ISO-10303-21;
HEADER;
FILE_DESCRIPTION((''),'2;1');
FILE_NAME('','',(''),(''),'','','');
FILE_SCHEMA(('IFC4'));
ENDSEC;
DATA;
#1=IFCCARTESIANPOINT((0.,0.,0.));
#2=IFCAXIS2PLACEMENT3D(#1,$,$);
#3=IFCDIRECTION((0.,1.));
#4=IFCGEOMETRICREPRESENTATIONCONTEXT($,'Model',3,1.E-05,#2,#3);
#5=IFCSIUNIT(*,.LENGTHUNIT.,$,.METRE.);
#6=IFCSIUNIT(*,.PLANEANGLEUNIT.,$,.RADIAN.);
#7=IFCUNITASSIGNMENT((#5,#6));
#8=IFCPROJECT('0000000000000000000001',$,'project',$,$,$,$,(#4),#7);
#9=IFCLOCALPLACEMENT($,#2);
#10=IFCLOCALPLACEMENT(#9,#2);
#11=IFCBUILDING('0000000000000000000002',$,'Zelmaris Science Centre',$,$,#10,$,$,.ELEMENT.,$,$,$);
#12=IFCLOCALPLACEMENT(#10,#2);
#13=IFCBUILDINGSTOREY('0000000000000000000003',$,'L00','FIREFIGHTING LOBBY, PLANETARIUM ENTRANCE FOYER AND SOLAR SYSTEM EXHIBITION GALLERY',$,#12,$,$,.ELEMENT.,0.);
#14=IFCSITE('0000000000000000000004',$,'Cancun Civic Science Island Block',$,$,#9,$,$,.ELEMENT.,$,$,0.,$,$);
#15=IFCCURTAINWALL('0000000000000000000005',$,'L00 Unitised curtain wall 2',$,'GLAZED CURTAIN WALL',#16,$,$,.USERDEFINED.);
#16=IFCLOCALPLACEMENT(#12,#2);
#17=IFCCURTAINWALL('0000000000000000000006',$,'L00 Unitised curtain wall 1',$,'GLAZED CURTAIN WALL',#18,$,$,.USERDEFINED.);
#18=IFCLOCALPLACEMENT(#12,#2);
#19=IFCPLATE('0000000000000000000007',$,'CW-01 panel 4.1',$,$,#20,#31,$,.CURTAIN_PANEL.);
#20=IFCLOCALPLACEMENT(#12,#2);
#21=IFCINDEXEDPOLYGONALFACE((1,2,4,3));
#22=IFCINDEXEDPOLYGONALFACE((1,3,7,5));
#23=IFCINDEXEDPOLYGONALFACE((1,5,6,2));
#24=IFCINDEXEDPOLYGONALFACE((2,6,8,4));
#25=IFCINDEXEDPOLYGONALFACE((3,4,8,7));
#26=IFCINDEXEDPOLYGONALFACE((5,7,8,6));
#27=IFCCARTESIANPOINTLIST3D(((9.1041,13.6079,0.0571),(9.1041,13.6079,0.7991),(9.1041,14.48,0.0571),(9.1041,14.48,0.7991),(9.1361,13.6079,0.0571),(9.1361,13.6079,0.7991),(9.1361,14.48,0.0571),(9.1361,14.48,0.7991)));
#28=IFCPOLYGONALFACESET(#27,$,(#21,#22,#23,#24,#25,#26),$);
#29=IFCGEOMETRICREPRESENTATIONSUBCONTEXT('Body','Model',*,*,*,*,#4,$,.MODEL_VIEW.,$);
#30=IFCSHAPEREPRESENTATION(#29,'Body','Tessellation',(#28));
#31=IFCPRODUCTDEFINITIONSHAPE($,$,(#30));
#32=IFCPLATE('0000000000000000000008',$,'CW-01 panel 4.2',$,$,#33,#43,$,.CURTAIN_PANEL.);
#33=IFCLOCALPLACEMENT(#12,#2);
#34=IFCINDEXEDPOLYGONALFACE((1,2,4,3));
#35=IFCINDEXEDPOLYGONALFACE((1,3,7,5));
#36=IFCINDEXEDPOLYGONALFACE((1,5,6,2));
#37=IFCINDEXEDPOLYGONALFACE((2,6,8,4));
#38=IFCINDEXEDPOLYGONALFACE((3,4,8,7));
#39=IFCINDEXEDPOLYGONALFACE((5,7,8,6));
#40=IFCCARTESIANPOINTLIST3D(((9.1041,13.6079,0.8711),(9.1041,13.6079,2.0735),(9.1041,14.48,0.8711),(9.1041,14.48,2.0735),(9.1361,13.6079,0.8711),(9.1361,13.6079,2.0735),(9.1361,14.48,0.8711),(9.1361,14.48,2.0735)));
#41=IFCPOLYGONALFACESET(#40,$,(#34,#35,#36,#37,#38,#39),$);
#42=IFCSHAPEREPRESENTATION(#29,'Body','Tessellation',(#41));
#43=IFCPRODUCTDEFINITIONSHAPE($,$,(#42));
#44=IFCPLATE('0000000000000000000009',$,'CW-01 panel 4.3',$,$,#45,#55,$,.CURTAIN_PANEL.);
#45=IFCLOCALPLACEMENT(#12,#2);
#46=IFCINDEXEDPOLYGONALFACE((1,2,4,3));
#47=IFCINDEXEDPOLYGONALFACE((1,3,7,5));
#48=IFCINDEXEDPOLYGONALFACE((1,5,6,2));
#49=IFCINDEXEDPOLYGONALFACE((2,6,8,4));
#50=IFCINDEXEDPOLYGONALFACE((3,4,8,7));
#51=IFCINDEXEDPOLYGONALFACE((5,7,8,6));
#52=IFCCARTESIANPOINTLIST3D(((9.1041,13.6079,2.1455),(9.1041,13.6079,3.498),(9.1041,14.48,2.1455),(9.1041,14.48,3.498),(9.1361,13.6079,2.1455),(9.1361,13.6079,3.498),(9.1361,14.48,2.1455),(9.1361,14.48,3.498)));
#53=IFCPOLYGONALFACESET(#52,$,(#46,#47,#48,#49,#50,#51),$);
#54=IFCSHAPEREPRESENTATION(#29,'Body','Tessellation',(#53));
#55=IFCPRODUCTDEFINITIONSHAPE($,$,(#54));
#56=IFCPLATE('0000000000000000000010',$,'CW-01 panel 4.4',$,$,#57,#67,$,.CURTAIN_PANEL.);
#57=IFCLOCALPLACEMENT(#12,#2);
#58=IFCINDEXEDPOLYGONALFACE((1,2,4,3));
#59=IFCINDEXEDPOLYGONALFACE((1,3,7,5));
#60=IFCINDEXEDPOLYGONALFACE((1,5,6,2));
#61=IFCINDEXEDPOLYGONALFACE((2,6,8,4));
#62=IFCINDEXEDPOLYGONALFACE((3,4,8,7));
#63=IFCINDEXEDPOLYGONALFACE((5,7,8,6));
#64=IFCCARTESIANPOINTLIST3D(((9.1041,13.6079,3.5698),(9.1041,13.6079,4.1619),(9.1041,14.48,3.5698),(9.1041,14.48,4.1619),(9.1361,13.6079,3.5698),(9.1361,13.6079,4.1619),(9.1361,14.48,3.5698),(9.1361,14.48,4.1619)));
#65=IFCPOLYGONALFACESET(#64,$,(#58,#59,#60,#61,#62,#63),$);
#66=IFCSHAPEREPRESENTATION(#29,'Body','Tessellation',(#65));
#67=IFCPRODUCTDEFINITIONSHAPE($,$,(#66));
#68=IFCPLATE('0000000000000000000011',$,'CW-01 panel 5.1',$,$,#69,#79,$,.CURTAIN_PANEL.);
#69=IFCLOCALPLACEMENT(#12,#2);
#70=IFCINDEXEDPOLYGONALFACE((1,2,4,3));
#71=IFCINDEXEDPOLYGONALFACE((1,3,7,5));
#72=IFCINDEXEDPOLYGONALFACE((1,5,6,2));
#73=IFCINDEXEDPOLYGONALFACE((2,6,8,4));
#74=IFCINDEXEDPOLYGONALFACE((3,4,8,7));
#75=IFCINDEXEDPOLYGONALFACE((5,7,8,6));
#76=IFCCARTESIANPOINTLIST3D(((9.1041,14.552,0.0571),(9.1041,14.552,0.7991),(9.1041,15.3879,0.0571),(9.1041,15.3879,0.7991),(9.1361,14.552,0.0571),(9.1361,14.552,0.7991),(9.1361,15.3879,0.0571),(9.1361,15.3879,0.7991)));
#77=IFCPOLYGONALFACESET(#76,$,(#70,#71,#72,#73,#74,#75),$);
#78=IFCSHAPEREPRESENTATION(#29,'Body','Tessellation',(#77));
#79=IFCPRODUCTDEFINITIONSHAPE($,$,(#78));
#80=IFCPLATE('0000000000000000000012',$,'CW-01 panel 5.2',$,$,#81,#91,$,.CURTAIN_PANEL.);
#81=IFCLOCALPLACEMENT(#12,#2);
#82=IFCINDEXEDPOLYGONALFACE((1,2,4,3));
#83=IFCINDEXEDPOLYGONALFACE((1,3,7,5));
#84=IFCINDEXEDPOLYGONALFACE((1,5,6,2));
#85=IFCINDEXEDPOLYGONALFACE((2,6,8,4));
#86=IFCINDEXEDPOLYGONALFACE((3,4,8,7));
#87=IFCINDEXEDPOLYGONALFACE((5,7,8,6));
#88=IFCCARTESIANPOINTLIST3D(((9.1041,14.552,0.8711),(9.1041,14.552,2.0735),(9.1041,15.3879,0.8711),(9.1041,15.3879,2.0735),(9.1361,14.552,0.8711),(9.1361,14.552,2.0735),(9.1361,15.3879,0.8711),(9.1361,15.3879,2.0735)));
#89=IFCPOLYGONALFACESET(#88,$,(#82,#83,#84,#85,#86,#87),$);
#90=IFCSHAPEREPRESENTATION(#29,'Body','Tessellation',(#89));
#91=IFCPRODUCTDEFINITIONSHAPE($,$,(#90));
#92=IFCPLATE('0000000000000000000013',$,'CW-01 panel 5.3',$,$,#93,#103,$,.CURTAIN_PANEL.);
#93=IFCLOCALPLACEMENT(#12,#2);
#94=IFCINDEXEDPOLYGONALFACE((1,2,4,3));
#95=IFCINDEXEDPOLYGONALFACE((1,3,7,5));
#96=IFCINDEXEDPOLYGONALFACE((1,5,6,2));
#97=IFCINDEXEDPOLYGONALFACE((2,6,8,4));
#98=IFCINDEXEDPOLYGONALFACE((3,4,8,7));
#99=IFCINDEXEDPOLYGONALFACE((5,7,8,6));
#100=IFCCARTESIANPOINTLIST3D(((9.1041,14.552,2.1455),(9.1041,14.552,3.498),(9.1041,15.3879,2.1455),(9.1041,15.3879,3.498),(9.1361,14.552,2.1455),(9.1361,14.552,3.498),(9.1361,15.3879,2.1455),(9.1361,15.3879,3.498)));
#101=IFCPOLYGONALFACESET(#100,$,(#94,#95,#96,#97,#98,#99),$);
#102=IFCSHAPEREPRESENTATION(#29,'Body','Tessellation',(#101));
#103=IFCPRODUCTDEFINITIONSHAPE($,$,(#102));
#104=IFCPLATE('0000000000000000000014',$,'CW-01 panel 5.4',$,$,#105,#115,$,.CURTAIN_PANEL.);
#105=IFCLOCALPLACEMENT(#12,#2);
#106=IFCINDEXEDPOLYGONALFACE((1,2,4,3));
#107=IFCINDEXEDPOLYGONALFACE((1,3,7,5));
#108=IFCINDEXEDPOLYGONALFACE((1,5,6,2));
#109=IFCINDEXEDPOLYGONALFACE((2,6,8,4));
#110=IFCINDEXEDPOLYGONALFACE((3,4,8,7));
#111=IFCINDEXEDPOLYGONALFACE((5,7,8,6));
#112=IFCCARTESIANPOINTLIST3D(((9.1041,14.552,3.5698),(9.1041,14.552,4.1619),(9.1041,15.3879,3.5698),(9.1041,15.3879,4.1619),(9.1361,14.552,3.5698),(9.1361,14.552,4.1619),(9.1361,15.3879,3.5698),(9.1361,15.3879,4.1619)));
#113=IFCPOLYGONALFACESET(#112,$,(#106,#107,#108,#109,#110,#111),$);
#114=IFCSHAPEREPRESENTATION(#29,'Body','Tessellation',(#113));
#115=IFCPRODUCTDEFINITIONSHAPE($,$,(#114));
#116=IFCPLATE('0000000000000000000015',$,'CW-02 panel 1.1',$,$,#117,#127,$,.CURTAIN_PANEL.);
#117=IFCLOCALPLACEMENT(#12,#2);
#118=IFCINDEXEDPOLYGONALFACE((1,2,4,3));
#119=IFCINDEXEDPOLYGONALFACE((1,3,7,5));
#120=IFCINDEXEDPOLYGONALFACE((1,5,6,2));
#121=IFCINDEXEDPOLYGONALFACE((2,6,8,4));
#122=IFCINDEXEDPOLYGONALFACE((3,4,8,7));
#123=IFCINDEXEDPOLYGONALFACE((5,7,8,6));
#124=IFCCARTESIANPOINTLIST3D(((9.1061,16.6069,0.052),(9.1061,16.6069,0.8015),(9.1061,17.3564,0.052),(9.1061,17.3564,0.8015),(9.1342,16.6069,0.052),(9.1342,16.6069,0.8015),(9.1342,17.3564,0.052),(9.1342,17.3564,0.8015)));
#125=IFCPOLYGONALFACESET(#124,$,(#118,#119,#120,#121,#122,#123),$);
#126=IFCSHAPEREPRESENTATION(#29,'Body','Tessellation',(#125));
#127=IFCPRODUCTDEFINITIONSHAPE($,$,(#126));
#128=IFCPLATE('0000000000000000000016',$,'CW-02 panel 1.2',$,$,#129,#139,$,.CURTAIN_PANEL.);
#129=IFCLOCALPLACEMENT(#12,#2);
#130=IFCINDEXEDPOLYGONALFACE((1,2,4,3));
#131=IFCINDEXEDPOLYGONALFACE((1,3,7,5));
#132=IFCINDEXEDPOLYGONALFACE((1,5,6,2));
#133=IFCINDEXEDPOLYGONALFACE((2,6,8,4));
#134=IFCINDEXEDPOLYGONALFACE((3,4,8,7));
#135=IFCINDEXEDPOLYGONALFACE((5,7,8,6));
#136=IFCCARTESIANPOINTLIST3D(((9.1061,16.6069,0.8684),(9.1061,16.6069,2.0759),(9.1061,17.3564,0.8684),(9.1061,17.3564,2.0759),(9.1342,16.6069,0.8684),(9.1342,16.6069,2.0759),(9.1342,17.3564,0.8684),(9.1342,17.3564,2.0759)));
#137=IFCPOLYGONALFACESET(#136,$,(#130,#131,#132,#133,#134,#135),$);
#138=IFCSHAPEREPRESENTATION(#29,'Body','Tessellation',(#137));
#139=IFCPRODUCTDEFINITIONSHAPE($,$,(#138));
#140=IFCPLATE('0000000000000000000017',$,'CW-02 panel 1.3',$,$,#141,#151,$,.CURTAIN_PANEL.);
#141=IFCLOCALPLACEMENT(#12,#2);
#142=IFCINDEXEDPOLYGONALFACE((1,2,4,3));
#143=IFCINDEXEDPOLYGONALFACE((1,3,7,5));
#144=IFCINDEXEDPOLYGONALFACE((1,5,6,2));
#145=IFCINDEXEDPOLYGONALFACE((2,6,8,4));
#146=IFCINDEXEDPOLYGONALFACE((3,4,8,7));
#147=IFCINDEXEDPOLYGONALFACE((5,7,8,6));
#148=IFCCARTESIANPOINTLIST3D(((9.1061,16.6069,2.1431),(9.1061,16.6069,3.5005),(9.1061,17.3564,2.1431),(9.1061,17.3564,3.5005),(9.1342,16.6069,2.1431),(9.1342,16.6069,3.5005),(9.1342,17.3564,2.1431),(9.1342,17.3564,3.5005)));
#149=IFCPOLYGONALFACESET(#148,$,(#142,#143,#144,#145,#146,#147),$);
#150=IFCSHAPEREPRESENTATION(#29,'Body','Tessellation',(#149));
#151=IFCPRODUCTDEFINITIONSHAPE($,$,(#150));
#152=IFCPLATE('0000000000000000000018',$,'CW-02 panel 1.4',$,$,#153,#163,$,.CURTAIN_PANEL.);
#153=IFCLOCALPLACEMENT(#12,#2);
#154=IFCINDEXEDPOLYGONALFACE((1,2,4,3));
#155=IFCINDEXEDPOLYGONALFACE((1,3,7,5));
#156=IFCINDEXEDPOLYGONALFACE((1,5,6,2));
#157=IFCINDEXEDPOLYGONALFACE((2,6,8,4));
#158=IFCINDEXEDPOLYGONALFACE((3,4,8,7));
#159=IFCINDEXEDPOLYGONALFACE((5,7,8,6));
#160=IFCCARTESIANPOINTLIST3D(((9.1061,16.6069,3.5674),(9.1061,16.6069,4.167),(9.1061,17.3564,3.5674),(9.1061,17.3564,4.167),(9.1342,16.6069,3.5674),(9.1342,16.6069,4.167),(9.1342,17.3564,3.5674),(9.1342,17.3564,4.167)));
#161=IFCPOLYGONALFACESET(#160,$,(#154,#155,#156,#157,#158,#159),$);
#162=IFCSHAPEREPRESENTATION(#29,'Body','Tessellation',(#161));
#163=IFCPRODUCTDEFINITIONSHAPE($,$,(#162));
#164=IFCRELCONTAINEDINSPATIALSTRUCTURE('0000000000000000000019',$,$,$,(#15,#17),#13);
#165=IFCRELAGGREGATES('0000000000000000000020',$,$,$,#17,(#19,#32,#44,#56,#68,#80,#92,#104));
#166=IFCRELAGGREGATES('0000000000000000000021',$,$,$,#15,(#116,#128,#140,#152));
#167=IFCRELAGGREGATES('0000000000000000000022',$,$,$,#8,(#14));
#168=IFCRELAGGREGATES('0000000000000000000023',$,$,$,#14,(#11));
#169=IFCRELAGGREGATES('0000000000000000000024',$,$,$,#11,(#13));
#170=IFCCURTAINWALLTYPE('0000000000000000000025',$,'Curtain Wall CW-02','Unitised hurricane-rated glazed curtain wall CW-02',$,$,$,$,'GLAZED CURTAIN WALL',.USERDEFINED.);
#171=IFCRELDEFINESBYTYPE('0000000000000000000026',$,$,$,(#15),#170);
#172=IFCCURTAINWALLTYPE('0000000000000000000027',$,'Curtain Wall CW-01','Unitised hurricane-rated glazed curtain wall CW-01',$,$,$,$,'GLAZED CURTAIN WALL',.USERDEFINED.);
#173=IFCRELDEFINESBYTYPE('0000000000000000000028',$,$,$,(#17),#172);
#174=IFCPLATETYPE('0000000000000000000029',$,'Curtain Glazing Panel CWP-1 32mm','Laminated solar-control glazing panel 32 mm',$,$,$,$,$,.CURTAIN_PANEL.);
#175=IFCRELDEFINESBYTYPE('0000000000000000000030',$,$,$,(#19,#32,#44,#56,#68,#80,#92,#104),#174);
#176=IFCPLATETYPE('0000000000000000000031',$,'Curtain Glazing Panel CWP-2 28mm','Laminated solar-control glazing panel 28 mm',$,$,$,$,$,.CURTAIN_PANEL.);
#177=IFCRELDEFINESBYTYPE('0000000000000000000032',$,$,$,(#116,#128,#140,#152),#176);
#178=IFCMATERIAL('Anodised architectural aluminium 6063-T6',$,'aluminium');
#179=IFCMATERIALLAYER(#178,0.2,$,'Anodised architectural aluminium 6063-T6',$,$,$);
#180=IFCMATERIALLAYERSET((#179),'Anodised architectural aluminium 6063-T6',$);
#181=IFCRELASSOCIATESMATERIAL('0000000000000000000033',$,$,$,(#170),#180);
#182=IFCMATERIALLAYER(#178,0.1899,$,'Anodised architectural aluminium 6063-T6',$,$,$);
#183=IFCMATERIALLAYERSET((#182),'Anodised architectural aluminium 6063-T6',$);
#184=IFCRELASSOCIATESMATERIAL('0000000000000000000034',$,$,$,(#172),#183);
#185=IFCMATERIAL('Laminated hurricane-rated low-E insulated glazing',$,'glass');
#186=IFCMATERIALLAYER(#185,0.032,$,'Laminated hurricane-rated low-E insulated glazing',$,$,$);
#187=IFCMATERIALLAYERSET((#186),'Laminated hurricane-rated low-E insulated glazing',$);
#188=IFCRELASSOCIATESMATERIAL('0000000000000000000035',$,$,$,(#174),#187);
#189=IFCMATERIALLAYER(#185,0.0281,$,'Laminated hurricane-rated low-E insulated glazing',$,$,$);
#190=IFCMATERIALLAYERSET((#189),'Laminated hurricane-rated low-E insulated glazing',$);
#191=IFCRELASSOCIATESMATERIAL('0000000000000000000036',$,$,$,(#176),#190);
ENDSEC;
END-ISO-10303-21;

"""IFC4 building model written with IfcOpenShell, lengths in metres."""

from ifc_helpers import new_model, si_unit, direction, frame, origin, origin_2d, place, context, subcontext, project, spatial, rectangle, extrude, material, layer, layer_set, type_object, element, aggregate, save


model = new_model("IFC4")

# Units and contexts
model_context = context("Model", 3, precision=1e-05, world=origin(), true_north=direction((0.0, 1.0)))
body_context = subcontext(model_context, "Body", "Model", "MODEL_VIEW")
ifc_project = project(units=[si_unit("LENGTHUNIT", "METRE"), si_unit("PLANEANGLEUNIT", "RADIAN")], contexts=[model_context])

# Site, building, storey
site_placement = place(None, origin())
site = spatial("IfcSite", under=ifc_project, at=site_placement, Name="Cancun Civic Science Island Block", CompositionType="ELEMENT", RefElevation=0.0)
building_placement = place(site_placement, origin())
building = spatial("IfcBuilding", under=site, at=building_placement, Name="Zelmaris Science Centre", CompositionType="ELEMENT")
storey_placement = place(building_placement, origin())
storey = spatial("IfcBuildingStorey", under=building, at=storey_placement, Name="L00", Description="FIREFIGHTING LOBBY, PLANETARIUM ENTRANCE FOYER AND SOLAR SYSTEM EXHIBITION GALLERY", CompositionType="ELEMENT", Elevation=0.0)

# Curtain walls
ifc_material_1 = material(Name="Anodised architectural aluminium 6063-T6", Category="aluminium")
ifc_layer_1 = layer(ifc_material_1, 0.2, Name="Anodised architectural aluminium 6063-T6")
ifc_layer_set_1 = layer_set([ifc_layer_1], Name="Anodised architectural aluminium 6063-T6")
curtain_wall_type_1 = type_object("IfcCurtainWallType", Name="Curtain Wall CW-02", Description="Unitised hurricane-rated glazed curtain wall CW-02", ElementType="GLAZED CURTAIN WALL", PredefinedType="USERDEFINED", material=ifc_layer_set_1)
curtain_wall_1_placement = place(storey_placement, origin())
curtain_wall_1 = element("IfcCurtainWall", 1, at=curtain_wall_1_placement, inside=storey, type_object=curtain_wall_type_1, Name="L00 Unitised curtain wall 2", ObjectType="GLAZED CURTAIN WALL", PredefinedType="USERDEFINED")
ifc_layer_2 = layer(ifc_material_1, 0.1899, Name="Anodised architectural aluminium 6063-T6")
ifc_layer_set_2 = layer_set([ifc_layer_2], Name="Anodised architectural aluminium 6063-T6")
curtain_wall_type_2 = type_object("IfcCurtainWallType", Name="Curtain Wall CW-01", Description="Unitised hurricane-rated glazed curtain wall CW-01", ElementType="GLAZED CURTAIN WALL", PredefinedType="USERDEFINED", material=ifc_layer_set_2)
curtain_wall_2_placement = place(storey_placement, origin())
curtain_wall_2 = element("IfcCurtainWall", 2, at=curtain_wall_2_placement, inside=storey, type_object=curtain_wall_type_2, Name="L00 Unitised curtain wall 1", ObjectType="GLAZED CURTAIN WALL", PredefinedType="USERDEFINED")

# Plates
ifc_material_2 = material(Name="Laminated hurricane-rated low-E insulated glazing", Category="glass")
ifc_layer_3 = layer(ifc_material_2, 0.032, Name="Laminated hurricane-rated low-E insulated glazing")
ifc_layer_set_3 = layer_set([ifc_layer_3], Name="Laminated hurricane-rated low-E insulated glazing")
plate_type_1 = type_object("IfcPlateType", Name="Curtain Glazing Panel CWP-1 32mm", Description="Laminated solar-control glazing panel 32 mm", PredefinedType="CURTAIN_PANEL", material=ifc_layer_set_3)
plate_1_placement = place(storey_placement, frame((9.1201, 14.0439, 0.0571), z_axis=(0.0, 0.0, 1.0), x_axis=(0.0, 1.0, 0.0)))
plate_1 = element("IfcPlate", 3, at=plate_1_placement, type_object=plate_type_1, Name="CW-01 panel 4.1", PredefinedType="CURTAIN_PANEL", context=body_context, shape_type="SweptSolid", body=[
    extrude(rectangle(XDim=0.8721, YDim=0.032, at=origin_2d()), origin(), (0.0, 0.0, 1.0), 0.7419),
])
plate_2_placement = place(storey_placement, frame((9.1201, 14.0439, 0.8711), z_axis=(0.0, 0.0, 1.0), x_axis=(0.0, 1.0, 0.0)))
plate_2 = element("IfcPlate", 4, at=plate_2_placement, type_object=plate_type_1, Name="CW-01 panel 4.2", PredefinedType="CURTAIN_PANEL", context=body_context, shape_type="SweptSolid", body=[
    extrude(rectangle(XDim=0.8721, YDim=0.032, at=origin_2d()), origin(), (0.0, 0.0, 1.0), 1.2024),
])
plate_3_placement = place(storey_placement, frame((9.1201, 14.0439, 2.1455), z_axis=(0.0, 0.0, 1.0), x_axis=(0.0, 1.0, 0.0)))
plate_3 = element("IfcPlate", 5, at=plate_3_placement, type_object=plate_type_1, Name="CW-01 panel 4.3", PredefinedType="CURTAIN_PANEL", context=body_context, shape_type="SweptSolid", body=[
    extrude(rectangle(XDim=0.8721, YDim=0.032, at=origin_2d()), origin(), (0.0, 0.0, 1.0), 1.3525),
])
plate_4_placement = place(storey_placement, frame((9.1201, 14.0439, 3.5698), z_axis=(0.0, 0.0, 1.0), x_axis=(0.0, 1.0, 0.0)))
plate_4 = element("IfcPlate", 6, at=plate_4_placement, type_object=plate_type_1, Name="CW-01 panel 4.4", PredefinedType="CURTAIN_PANEL", context=body_context, shape_type="SweptSolid", body=[
    extrude(rectangle(XDim=0.8721, YDim=0.032, at=origin_2d()), origin(), (0.0, 0.0, 1.0), 0.592),
])
plate_5_placement = place(storey_placement, frame((9.1201, 14.97, 0.0571), z_axis=(0.0, 0.0, 1.0), x_axis=(0.0, 1.0, 0.0)))
plate_5 = element("IfcPlate", 7, at=plate_5_placement, type_object=plate_type_1, Name="CW-01 panel 5.1", PredefinedType="CURTAIN_PANEL", context=body_context, shape_type="SweptSolid", body=[
    extrude(rectangle(XDim=0.8359, YDim=0.032, at=origin_2d()), origin(), (0.0, 0.0, 1.0), 0.7419),
])
plate_6_placement = place(storey_placement, frame((9.1201, 14.97, 0.8711), z_axis=(0.0, 0.0, 1.0), x_axis=(0.0, 1.0, 0.0)))
plate_6 = element("IfcPlate", 8, at=plate_6_placement, type_object=plate_type_1, Name="CW-01 panel 5.2", PredefinedType="CURTAIN_PANEL", context=body_context, shape_type="SweptSolid", body=[
    extrude(rectangle(XDim=0.8359, YDim=0.032, at=origin_2d()), origin(), (0.0, 0.0, 1.0), 1.2024),
])
plate_7_placement = place(storey_placement, frame((9.1201, 14.97, 2.1455), z_axis=(0.0, 0.0, 1.0), x_axis=(0.0, 1.0, 0.0)))
plate_7 = element("IfcPlate", 9, at=plate_7_placement, type_object=plate_type_1, Name="CW-01 panel 5.3", PredefinedType="CURTAIN_PANEL", context=body_context, shape_type="SweptSolid", body=[
    extrude(rectangle(XDim=0.8359, YDim=0.032, at=origin_2d()), origin(), (0.0, 0.0, 1.0), 1.3525),
])
plate_8_placement = place(storey_placement, frame((9.1201, 14.97, 3.5698), z_axis=(0.0, 0.0, 1.0), x_axis=(0.0, 1.0, 0.0)))
plate_8 = element("IfcPlate", 10, at=plate_8_placement, type_object=plate_type_1, Name="CW-01 panel 5.4", PredefinedType="CURTAIN_PANEL", context=body_context, shape_type="SweptSolid", body=[
    extrude(rectangle(XDim=0.8359, YDim=0.032, at=origin_2d()), origin(), (0.0, 0.0, 1.0), 0.592),
])
aggregate(curtain_wall_2, [plate_1, plate_2, plate_3, plate_4, plate_5, plate_6, plate_7, plate_8])
ifc_layer_4 = layer(ifc_material_2, 0.0281, Name="Laminated hurricane-rated low-E insulated glazing")
ifc_layer_set_4 = layer_set([ifc_layer_4], Name="Laminated hurricane-rated low-E insulated glazing")
plate_type_2 = type_object("IfcPlateType", Name="Curtain Glazing Panel CWP-2 28mm", Description="Laminated solar-control glazing panel 28 mm", PredefinedType="CURTAIN_PANEL", material=ifc_layer_set_4)
plate_9_placement = place(storey_placement, frame((9.1201, 16.9817, 0.052), z_axis=(0.0, 0.0, 1.0), x_axis=(0.0, 1.0, 0.0)))
plate_9 = element("IfcPlate", 11, at=plate_9_placement, type_object=plate_type_2, Name="CW-02 panel 1.1", PredefinedType="CURTAIN_PANEL", context=body_context, shape_type="SweptSolid", body=[
    extrude(rectangle(XDim=0.7495, YDim=0.0281, at=origin_2d()), origin(), (0.0, 0.0, 1.0), 0.7495),
])
plate_10_placement = place(storey_placement, frame((9.1201, 16.9817, 0.8684), z_axis=(0.0, 0.0, 1.0), x_axis=(0.0, 1.0, 0.0)))
plate_10 = element("IfcPlate", 12, at=plate_10_placement, type_object=plate_type_2, Name="CW-02 panel 1.2", PredefinedType="CURTAIN_PANEL", context=body_context, shape_type="SweptSolid", body=[
    extrude(rectangle(XDim=0.7495, YDim=0.0281, at=origin_2d()), origin(), (0.0, 0.0, 1.0), 1.2075),
])
plate_11_placement = place(storey_placement, frame((9.1201, 16.9817, 2.1431), z_axis=(0.0, 0.0, 1.0), x_axis=(0.0, 1.0, 0.0)))
plate_11 = element("IfcPlate", 13, at=plate_11_placement, type_object=plate_type_2, Name="CW-02 panel 1.3", PredefinedType="CURTAIN_PANEL", context=body_context, shape_type="SweptSolid", body=[
    extrude(rectangle(XDim=0.7495, YDim=0.0281, at=origin_2d()), origin(), (0.0, 0.0, 1.0), 1.3574),
])
plate_12_placement = place(storey_placement, frame((9.1201, 16.9817, 3.5674), z_axis=(0.0, 0.0, 1.0), x_axis=(0.0, 1.0, 0.0)))
plate_12 = element("IfcPlate", 14, at=plate_12_placement, type_object=plate_type_2, Name="CW-02 panel 1.4", PredefinedType="CURTAIN_PANEL", context=body_context, shape_type="SweptSolid", body=[
    extrude(rectangle(XDim=0.7495, YDim=0.0281, at=origin_2d()), origin(), (0.0, 0.0, 1.0), 0.5996),
])
aggregate(curtain_wall_1, [plate_9, plate_10, plate_11, plate_12])

save(model, "model.ifc")
